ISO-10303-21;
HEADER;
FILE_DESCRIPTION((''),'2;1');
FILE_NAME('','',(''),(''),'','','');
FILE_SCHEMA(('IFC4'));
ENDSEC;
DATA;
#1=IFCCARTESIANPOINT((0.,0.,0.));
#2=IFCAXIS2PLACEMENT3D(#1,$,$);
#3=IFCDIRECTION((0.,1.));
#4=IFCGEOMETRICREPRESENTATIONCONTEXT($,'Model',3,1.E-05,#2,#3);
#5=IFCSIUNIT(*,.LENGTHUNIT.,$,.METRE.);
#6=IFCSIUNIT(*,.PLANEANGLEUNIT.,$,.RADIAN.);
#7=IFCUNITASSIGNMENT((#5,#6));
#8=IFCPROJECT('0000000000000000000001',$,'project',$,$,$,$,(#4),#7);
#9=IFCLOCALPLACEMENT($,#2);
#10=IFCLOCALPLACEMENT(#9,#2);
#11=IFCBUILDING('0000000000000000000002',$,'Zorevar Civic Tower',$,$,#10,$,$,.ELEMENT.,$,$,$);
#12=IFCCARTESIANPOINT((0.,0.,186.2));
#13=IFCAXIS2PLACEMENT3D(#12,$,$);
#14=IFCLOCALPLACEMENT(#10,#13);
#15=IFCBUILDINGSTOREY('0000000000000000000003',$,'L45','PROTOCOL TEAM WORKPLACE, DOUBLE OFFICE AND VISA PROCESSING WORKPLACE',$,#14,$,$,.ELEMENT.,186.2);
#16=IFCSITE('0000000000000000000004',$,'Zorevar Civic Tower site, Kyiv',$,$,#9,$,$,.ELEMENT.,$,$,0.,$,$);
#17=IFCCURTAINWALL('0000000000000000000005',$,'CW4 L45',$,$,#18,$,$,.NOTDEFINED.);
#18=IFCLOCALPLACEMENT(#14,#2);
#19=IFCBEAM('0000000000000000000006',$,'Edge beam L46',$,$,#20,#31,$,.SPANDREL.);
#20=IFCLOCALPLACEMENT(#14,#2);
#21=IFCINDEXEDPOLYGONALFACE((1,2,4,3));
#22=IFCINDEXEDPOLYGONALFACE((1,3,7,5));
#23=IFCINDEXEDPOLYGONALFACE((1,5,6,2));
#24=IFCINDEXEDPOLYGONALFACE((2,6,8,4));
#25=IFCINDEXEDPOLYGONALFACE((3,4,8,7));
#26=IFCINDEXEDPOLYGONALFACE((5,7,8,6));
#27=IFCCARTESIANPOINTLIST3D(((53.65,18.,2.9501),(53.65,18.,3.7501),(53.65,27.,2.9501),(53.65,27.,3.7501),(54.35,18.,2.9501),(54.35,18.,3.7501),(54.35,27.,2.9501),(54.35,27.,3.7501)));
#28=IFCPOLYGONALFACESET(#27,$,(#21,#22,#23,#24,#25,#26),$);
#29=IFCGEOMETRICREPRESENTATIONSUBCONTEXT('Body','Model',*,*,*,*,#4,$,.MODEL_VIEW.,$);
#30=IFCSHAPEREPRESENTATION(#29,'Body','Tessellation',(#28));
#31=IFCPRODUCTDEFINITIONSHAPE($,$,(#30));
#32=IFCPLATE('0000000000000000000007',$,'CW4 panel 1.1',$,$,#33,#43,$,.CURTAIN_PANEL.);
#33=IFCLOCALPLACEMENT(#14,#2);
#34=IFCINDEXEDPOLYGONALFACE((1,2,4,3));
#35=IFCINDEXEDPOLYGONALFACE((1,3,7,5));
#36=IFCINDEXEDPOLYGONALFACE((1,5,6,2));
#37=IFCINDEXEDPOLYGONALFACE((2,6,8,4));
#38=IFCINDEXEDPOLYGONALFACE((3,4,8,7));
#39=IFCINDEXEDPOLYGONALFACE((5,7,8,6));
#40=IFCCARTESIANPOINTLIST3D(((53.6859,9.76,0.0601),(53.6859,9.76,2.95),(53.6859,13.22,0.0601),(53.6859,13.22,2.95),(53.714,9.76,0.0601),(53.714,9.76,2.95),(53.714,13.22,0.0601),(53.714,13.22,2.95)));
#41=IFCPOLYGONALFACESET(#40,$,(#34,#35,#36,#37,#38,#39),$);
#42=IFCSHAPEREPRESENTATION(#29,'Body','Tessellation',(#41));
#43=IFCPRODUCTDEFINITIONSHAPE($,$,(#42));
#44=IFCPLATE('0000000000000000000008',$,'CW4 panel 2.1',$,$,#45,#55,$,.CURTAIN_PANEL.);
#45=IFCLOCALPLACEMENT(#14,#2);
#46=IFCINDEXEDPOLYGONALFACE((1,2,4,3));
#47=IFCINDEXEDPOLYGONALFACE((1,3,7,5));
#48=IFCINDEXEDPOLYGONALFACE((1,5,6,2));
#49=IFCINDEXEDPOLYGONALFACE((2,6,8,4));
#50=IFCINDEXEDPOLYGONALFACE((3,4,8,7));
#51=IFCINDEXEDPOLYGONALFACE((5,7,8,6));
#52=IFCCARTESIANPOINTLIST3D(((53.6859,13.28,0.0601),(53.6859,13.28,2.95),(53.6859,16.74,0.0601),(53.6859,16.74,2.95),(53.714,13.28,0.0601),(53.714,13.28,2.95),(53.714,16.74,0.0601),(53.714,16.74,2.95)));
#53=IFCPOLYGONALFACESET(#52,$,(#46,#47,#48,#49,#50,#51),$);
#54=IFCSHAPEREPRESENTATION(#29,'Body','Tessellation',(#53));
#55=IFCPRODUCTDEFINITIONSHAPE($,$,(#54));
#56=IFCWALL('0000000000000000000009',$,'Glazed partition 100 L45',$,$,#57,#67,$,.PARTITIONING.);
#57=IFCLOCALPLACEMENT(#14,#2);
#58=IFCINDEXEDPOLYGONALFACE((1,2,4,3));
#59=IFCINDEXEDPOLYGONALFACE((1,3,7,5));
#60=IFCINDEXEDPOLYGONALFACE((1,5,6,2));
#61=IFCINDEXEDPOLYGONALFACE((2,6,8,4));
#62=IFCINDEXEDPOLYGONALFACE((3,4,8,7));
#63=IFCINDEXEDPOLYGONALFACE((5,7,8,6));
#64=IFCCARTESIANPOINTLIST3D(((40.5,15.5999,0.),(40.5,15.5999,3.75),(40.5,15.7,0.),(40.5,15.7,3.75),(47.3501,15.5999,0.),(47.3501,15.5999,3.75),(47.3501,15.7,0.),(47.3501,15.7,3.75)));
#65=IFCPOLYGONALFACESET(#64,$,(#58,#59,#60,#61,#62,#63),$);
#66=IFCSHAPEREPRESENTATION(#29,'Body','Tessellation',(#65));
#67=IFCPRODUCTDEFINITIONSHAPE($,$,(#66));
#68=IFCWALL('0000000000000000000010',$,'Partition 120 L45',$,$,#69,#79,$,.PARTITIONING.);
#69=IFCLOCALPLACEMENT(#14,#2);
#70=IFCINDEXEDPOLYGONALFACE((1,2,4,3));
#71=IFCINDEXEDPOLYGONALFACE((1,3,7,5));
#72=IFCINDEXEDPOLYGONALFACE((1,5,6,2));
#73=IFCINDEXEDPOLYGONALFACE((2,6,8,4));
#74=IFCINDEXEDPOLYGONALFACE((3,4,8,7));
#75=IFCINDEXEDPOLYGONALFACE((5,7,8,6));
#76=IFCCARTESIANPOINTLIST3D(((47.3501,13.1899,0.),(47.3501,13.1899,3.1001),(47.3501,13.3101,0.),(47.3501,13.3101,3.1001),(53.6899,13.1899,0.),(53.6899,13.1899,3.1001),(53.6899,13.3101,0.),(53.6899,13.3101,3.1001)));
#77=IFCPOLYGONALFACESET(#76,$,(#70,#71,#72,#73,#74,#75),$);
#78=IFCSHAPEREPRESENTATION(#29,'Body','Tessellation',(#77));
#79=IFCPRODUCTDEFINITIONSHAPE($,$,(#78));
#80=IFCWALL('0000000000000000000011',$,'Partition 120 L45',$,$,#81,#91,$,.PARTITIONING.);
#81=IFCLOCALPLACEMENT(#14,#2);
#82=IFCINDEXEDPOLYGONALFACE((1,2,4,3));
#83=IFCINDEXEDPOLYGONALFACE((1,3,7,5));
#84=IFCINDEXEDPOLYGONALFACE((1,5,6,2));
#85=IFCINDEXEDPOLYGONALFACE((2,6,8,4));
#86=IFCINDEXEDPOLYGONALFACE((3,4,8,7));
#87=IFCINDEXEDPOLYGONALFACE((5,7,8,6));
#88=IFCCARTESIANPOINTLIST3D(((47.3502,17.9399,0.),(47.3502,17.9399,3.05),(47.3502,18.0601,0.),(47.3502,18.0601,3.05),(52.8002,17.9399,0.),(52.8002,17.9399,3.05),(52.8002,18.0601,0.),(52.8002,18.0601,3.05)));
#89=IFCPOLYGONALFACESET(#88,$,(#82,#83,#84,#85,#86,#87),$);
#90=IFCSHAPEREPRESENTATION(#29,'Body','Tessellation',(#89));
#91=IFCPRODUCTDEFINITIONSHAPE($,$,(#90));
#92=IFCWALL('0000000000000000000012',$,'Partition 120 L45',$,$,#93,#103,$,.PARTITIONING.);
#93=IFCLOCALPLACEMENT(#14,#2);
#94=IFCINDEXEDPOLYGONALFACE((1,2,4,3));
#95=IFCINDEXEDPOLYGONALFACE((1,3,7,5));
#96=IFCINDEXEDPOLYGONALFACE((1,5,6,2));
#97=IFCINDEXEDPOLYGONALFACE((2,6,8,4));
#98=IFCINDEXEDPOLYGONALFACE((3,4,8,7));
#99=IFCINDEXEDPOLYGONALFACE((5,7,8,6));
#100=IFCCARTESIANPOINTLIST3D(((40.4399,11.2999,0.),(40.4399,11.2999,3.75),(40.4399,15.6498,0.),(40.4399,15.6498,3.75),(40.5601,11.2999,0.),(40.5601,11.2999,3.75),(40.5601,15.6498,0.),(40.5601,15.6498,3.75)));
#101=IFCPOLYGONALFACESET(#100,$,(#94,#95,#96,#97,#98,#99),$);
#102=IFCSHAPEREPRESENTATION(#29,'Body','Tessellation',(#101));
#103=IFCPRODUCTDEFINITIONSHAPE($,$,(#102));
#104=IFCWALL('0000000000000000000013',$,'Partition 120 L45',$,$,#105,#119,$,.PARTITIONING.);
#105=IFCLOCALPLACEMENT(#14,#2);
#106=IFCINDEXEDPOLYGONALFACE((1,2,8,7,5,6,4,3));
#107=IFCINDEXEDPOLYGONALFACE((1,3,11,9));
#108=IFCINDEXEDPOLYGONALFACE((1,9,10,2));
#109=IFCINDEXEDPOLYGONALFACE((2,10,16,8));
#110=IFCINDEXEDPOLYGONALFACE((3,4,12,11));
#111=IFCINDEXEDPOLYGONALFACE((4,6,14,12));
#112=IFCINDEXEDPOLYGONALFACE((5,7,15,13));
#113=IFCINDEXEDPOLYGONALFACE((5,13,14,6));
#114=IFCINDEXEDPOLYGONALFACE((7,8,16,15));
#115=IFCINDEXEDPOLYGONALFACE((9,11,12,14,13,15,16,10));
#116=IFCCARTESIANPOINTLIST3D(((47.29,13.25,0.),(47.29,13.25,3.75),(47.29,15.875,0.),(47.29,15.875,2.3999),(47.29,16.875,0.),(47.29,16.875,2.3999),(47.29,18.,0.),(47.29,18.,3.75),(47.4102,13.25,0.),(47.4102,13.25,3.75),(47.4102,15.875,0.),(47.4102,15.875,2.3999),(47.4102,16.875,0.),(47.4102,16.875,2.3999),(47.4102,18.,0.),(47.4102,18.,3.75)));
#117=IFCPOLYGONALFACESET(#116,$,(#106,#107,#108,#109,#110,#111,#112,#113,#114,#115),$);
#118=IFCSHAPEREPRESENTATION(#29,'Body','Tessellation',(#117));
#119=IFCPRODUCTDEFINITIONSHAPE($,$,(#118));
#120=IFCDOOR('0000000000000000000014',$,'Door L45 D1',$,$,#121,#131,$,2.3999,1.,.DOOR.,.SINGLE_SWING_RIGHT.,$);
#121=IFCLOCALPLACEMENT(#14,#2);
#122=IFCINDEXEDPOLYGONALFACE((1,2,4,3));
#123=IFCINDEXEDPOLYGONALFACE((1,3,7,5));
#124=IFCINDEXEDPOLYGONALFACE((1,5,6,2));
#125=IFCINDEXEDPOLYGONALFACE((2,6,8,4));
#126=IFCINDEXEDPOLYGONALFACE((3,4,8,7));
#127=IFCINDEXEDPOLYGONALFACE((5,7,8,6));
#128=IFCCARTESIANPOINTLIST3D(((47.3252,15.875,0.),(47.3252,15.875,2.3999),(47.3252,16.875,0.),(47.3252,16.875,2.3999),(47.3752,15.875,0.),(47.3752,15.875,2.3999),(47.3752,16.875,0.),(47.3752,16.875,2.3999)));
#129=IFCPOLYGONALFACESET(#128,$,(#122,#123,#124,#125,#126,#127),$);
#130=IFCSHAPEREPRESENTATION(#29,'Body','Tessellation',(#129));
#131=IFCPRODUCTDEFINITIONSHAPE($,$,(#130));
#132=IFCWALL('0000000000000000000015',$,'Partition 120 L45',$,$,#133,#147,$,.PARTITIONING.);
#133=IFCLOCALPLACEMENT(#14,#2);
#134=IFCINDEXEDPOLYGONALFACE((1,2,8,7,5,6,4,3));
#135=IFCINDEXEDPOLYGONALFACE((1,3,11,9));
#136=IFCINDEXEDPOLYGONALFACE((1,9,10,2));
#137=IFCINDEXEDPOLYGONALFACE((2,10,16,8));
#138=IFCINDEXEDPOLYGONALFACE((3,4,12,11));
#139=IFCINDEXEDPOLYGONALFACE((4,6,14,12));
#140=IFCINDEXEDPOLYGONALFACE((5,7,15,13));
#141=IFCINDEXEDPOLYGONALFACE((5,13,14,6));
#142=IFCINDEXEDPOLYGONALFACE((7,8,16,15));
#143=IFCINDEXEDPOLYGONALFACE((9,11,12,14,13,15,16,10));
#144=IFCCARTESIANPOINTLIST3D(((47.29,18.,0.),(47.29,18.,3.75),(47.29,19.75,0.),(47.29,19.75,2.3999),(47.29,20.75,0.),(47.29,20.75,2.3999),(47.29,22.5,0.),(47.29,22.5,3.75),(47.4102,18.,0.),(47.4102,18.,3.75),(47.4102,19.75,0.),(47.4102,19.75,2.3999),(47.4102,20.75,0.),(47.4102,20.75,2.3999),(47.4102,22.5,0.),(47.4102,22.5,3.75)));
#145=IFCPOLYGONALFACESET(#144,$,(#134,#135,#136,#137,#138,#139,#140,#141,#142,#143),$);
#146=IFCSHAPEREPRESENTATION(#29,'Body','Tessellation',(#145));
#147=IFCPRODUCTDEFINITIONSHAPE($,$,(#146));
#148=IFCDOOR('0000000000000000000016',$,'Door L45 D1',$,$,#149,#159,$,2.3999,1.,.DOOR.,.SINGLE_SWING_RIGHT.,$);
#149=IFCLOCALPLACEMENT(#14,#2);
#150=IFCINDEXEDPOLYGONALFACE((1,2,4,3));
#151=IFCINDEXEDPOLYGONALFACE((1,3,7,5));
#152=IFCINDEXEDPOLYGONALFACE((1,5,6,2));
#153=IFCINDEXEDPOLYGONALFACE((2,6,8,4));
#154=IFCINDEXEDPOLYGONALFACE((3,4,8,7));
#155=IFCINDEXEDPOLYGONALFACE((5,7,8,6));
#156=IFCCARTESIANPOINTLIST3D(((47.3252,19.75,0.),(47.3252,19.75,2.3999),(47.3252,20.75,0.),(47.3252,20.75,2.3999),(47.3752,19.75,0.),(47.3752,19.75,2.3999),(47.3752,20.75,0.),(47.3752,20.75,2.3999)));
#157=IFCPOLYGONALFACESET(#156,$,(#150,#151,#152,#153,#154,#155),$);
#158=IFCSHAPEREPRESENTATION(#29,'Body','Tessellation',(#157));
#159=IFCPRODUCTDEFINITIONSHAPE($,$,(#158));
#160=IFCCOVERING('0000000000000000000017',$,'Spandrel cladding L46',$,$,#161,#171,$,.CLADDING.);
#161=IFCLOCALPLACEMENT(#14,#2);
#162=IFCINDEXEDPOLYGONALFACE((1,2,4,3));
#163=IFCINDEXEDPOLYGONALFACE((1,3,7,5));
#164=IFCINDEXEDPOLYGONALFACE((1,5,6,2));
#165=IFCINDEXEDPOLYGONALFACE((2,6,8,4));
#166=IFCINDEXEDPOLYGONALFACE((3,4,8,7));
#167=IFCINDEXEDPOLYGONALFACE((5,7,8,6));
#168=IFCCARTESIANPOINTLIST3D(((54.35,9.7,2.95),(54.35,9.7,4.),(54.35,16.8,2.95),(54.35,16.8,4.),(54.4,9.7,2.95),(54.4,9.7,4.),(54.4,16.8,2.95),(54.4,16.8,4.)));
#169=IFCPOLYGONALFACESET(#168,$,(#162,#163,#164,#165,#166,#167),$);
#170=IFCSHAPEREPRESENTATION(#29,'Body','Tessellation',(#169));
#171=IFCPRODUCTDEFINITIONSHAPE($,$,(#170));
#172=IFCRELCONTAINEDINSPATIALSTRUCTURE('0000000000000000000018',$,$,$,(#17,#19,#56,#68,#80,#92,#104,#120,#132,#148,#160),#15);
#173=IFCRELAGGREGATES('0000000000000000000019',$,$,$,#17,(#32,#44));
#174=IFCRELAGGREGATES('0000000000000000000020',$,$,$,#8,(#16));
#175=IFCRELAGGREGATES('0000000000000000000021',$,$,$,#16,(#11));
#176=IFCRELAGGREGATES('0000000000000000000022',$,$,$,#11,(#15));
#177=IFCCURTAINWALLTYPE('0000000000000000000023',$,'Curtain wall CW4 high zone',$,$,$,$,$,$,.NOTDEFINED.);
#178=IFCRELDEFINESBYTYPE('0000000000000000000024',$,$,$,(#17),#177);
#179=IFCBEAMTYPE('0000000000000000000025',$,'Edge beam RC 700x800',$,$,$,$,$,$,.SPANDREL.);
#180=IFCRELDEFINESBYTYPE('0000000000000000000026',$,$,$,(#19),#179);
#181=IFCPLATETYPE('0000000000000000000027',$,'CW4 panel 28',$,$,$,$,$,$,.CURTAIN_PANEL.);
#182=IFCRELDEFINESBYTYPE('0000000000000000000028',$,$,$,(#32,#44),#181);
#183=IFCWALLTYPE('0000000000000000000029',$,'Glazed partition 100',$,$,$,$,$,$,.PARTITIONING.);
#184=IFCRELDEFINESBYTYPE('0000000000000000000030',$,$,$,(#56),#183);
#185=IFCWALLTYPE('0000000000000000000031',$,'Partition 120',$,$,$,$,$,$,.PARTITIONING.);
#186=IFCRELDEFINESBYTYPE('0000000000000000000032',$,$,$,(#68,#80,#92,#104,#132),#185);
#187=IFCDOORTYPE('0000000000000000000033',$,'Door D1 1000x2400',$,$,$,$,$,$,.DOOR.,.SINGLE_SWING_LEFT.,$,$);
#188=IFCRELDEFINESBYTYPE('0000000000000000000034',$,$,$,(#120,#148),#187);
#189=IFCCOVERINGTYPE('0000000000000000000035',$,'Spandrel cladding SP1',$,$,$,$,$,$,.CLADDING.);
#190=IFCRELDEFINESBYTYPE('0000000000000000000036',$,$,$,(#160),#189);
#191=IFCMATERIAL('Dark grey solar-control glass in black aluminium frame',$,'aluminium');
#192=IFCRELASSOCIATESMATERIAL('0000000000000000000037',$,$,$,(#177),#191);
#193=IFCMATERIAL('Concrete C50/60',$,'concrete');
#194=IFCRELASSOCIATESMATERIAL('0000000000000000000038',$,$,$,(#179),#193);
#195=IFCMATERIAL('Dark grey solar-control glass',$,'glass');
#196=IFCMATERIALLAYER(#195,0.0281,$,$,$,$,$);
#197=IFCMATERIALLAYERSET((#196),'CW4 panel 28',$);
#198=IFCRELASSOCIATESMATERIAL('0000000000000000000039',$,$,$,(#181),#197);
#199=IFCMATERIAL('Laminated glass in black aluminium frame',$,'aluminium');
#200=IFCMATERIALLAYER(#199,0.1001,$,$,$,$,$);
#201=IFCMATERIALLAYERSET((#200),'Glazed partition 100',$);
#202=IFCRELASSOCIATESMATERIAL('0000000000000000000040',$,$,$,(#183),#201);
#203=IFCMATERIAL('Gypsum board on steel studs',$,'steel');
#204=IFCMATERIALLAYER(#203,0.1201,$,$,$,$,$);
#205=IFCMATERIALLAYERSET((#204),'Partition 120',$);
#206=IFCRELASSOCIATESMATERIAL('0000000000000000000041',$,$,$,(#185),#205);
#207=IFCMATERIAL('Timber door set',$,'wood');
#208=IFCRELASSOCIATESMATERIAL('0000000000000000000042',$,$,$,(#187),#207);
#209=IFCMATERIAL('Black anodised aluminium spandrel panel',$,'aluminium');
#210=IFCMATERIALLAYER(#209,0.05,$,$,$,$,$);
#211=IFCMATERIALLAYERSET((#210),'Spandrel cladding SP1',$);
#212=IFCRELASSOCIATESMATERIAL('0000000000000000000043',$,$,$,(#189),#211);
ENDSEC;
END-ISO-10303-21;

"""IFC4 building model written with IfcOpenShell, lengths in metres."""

from ifc_helpers import new_model, si_unit, direction, frame, frame_2d, origin, origin_2d, place, context, subcontext, project, spatial, rectangle, extrude, material, layer, layer_set, material_profile, profile_set, type_object, element, fill, aggregate, save


model = new_model("IFC4")

# Units and contexts
model_context = context("Model", 3, precision=1e-05, world=origin(), true_north=direction((0.0, 1.0)))
body_context = subcontext(model_context, "Body", "Model", "MODEL_VIEW")
ifc_project = project(units=[si_unit("LENGTHUNIT", "METRE"), si_unit("PLANEANGLEUNIT", "RADIAN")], contexts=[model_context])

# Site, building, storey
site_placement = place(None, origin())
site = spatial("IfcSite", under=ifc_project, at=site_placement, Name="Zorevar Civic Tower site, Kyiv", CompositionType="ELEMENT", RefElevation=0.0)
building_placement = place(site_placement, origin())
building = spatial("IfcBuilding", under=site, at=building_placement, Name="Zorevar Civic Tower", CompositionType="ELEMENT")
storey_placement = place(building_placement, frame((0.0, 0.0, 186.2)))
storey = spatial("IfcBuildingStorey", under=building, at=storey_placement, Name="L45", Description="PROTOCOL TEAM WORKPLACE, DOUBLE OFFICE AND VISA PROCESSING WORKPLACE", CompositionType="ELEMENT", Elevation=186.2)

# Curtain wall
ifc_material_1 = material(Name="Dark grey solar-control glass in black aluminium frame", Category="aluminium")
curtain_wall_type = type_object("IfcCurtainWallType", Name="Curtain wall CW4 high zone", PredefinedType="NOTDEFINED", material=ifc_material_1)
curtain_wall_1_placement = place(storey_placement, origin())
curtain_wall_1 = element("IfcCurtainWall", 1, at=curtain_wall_1_placement, inside=storey, type_object=curtain_wall_type, Name="CW4 L45", PredefinedType="NOTDEFINED")

# Beam
ifc_material_2 = material(Name="Concrete C50/60", Category="concrete")
ifc_material_profile_1 = material_profile(ifc_material_2, rectangle(XDim=0.7, YDim=0.8, at=origin_2d()), Name="RC 700x800")
ifc_profile_set_1 = profile_set([ifc_material_profile_1], Name="Concrete C50/60")
beam_type_1 = type_object("IfcBeamType", Name="Edge beam RC 700x800", PredefinedType="SPANDREL", material=ifc_profile_set_1)
for number, where, z_axis, x_axis, name in (
    (2, (54.0, 18.0, 3.3501), (0.0, 1.0, 0.0), (-1.0, 0.0, 0.0), "Edge beam L46"),
):
    element("IfcBeam", number, at=place(storey_placement, frame(where, z_axis=z_axis, x_axis=x_axis)), inside=storey, type_object=beam_type_1, Name=name, PredefinedType="SPANDREL", context=body_context, shape_type="SweptSolid", body=[
        extrude(rectangle(XDim=0.7, YDim=0.8, at=origin_2d()), origin(), (0.0, 0.0, 1.0), 9.0),
    ])

# Plates
ifc_material_3 = material(Name="Dark grey solar-control glass", Category="glass")
ifc_layer_1 = layer(ifc_material_3, 0.0281)
ifc_layer_set_1 = layer_set([ifc_layer_1], Name="CW4 panel 28")
plate_type = type_object("IfcPlateType", Name="CW4 panel 28", PredefinedType="CURTAIN_PANEL", material=ifc_layer_set_1)
plate_1_placement = place(storey_placement, frame((53.7, 11.49, 0.0601), z_axis=(0.0, 0.0, 1.0), x_axis=(0.0, 1.0, 0.0)))
plate_1 = element("IfcPlate", 3, at=plate_1_placement, type_object=plate_type, Name="CW4 panel 1.1", PredefinedType="CURTAIN_PANEL", context=body_context, shape_type="SweptSolid", body=[
    extrude(rectangle(XDim=3.46, YDim=0.0281, at=origin_2d()), origin(), (0.0, 0.0, 1.0), 2.8899),
])
plate_2_placement = place(storey_placement, frame((53.7, 15.01, 0.0601), z_axis=(0.0, 0.0, 1.0), x_axis=(0.0, 1.0, 0.0)))
plate_2 = element("IfcPlate", 4, at=plate_2_placement, type_object=plate_type, Name="CW4 panel 2.1", PredefinedType="CURTAIN_PANEL", context=body_context, shape_type="SweptSolid", body=[
    extrude(rectangle(XDim=3.46, YDim=0.0281, at=origin_2d()), origin(), (0.0, 0.0, 1.0), 2.8899),
])
aggregate(curtain_wall_1, [plate_1, plate_2])

# Walls
ifc_material_4 = material(Name="Laminated glass in black aluminium frame", Category="aluminium")
ifc_layer_2 = layer(ifc_material_4, 0.1001)
ifc_layer_set_2 = layer_set([ifc_layer_2], Name="Glazed partition 100")
wall_type_1 = type_object("IfcWallType", Name="Glazed partition 100", PredefinedType="PARTITIONING", material=ifc_layer_set_2)
wall_1_placement = place(storey_placement, frame((40.5, 15.6499, 0.0), z_axis=(0.0, 0.0, 1.0), x_axis=(1.0, 0.0, 0.0)))
element("IfcWall", 5, at=wall_1_placement, inside=storey, type_object=wall_type_1, Name="Glazed partition 100 L45", PredefinedType="PARTITIONING", context=body_context, shape_type="SweptSolid", body=[
    extrude(rectangle(XDim=6.8501, YDim=0.1001, at=frame_2d((3.425, 0.0))), origin(), (0.0, 0.0, 1.0), 3.75),
])
ifc_material_5 = material(Name="Gypsum board on steel studs", Category="steel")
ifc_layer_3 = layer(ifc_material_5, 0.1201)
ifc_layer_set_3 = layer_set([ifc_layer_3], Name="Partition 120")
wall_type_2 = type_object("IfcWallType", Name="Partition 120", PredefinedType="PARTITIONING", material=ifc_layer_set_3)
wall_2_placement = place(storey_placement, frame((47.3501, 13.25, 0.0), z_axis=(0.0, 0.0, 1.0), x_axis=(1.0, 0.0, 0.0)))
element("IfcWall", 6, at=wall_2_placement, inside=storey, type_object=wall_type_2, Name="Partition 120 L45", PredefinedType="PARTITIONING", context=body_context, shape_type="SweptSolid", body=[
    extrude(rectangle(XDim=6.3398, YDim=0.1201, at=frame_2d((3.1699, 0.0))), origin(), (0.0, 0.0, 1.0), 3.1001),
])
wall_3_placement = place(storey_placement, frame((47.3501, 18.0, 0.0), z_axis=(0.0, 0.0, 1.0), x_axis=(1.0, 0.0, 0.0)))
element("IfcWall", 7, at=wall_3_placement, inside=storey, type_object=wall_type_2, Name="Partition 120 L45", PredefinedType="PARTITIONING", context=body_context, shape_type="SweptSolid", body=[
    extrude(rectangle(XDim=5.45, YDim=0.1201, at=frame_2d((2.7251, 0.0))), origin(), (0.0, 0.0, 1.0), 3.05),
])
wall_4_placement = place(storey_placement, frame((40.5, 11.3, 0.0), z_axis=(0.0, 0.0, 1.0), x_axis=(0.0, 1.0, 0.0)))
element("IfcWall", 8, at=wall_4_placement, inside=storey, type_object=wall_type_2, Name="Partition 120 L45", PredefinedType="PARTITIONING", context=body_context, shape_type="SweptSolid", body=[
    extrude(rectangle(XDim=4.3499, YDim=0.1201, at=frame_2d((2.1748, 0.0))), origin(), (0.0, 0.0, 1.0), 3.75),
])

# Walls, openings, doors
wall_5_placement = place(storey_placement, frame((47.3501, 13.25, 0.0), z_axis=(0.0, 0.0, 1.0), x_axis=(0.0, 1.0, 0.0)))
wall_5 = element("IfcWall", 9, at=wall_5_placement, inside=storey, type_object=wall_type_2, Name="Partition 120 L45", PredefinedType="PARTITIONING", context=body_context, shape_type="SweptSolid", body=[
    extrude(rectangle(XDim=4.75, YDim=0.1201, at=frame_2d((2.375, 0.0))), origin(), (0.0, 0.0, 1.0), 3.75),
])
opening_1_placement = place(wall_5_placement, frame((2.625, 0.0, 0.0)))
opening_1 = element("IfcOpeningElement", 10, at=opening_1_placement, cuts=wall_5, PredefinedType="OPENING", context=body_context, shape_type="SweptSolid", body=[
    extrude(rectangle(XDim=1.0, YDim=2.3999, at=frame_2d((0.5, 1.2))), frame((0.0, 0.0701, 0.0), z_axis=(0.0, -1.0, 0.0), x_axis=(1.0, 0.0, 0.0)), (0.0, 0.0, 1.0), 0.1401),
])
ifc_material_6 = material(Name="Timber door set", Category="wood")
door_type_1 = type_object("IfcDoorType", Name="Door D1 1000x2400", OperationType="SINGLE_SWING_LEFT", PredefinedType="DOOR", material=ifc_material_6)
door_1_placement = place(opening_1_placement, origin())
door_1 = element("IfcDoor", 11, at=door_1_placement, inside=storey, type_object=door_type_1, Name="Door L45 D1", OperationType="SINGLE_SWING_RIGHT", OverallHeight=2.3999, OverallWidth=1.0, PredefinedType="DOOR", context=body_context, shape_type="SweptSolid", body=[
    extrude(rectangle(XDim=1.0, YDim=2.3999, at=frame_2d((0.5, 1.2))), frame((0.0, 0.0249, 0.0), z_axis=(0.0, -1.0, 0.0), x_axis=(1.0, 0.0, 0.0)), (0.0, 0.0, 1.0), 0.05),
])
fill(opening_1, door_1)
wall_6_placement = place(storey_placement, frame((47.3501, 18.0, 0.0), z_axis=(0.0, 0.0, 1.0), x_axis=(0.0, 1.0, 0.0)))
wall_6 = element("IfcWall", 12, at=wall_6_placement, inside=storey, type_object=wall_type_2, Name="Partition 120 L45", PredefinedType="PARTITIONING", context=body_context, shape_type="SweptSolid", body=[
    extrude(rectangle(XDim=4.5, YDim=0.1201, at=frame_2d((2.25, 0.0))), origin(), (0.0, 0.0, 1.0), 3.75),
])
opening_2_placement = place(wall_6_placement, frame((1.75, 0.0, 0.0)))
opening_2 = element("IfcOpeningElement", 13, at=opening_2_placement, cuts=wall_6, PredefinedType="OPENING", context=body_context, shape_type="SweptSolid", body=[
    extrude(rectangle(XDim=1.0, YDim=2.3999, at=frame_2d((0.5, 1.2))), frame((0.0, 0.0701, 0.0), z_axis=(0.0, -1.0, 0.0), x_axis=(1.0, 0.0, 0.0)), (0.0, 0.0, 1.0), 0.1401),
])
door_2_placement = place(opening_2_placement, origin())
door_2 = element("IfcDoor", 14, at=door_2_placement, inside=storey, type_object=door_type_1, Name="Door L45 D1", OperationType="SINGLE_SWING_RIGHT", OverallHeight=2.3999, OverallWidth=1.0, PredefinedType="DOOR", context=body_context, shape_type="SweptSolid", body=[
    extrude(rectangle(XDim=1.0, YDim=2.3999, at=frame_2d((0.5, 1.2))), frame((0.0, 0.0249, 0.0), z_axis=(0.0, -1.0, 0.0), x_axis=(1.0, 0.0, 0.0)), (0.0, 0.0, 1.0), 0.05),
])
fill(opening_2, door_2)

# Covering
ifc_material_7 = material(Name="Black anodised aluminium spandrel panel", Category="aluminium")
ifc_layer_4 = layer(ifc_material_7, 0.05)
ifc_layer_set_4 = layer_set([ifc_layer_4], Name="Spandrel cladding SP1")
covering_type = type_object("IfcCoveringType", Name="Spandrel cladding SP1", PredefinedType="CLADDING", material=ifc_layer_set_4)
covering_1_placement = place(storey_placement, frame((54.375, 9.7, 2.95), z_axis=(0.0, 0.0, 1.0), x_axis=(0.0, 1.0, 0.0)))
element("IfcCovering", 15, at=covering_1_placement, inside=storey, type_object=covering_type, Name="Spandrel cladding L46", PredefinedType="CLADDING", context=body_context, shape_type="SweptSolid", body=[
    extrude(rectangle(XDim=7.1001, YDim=0.05, at=frame_2d((3.55, 0.0))), origin(), (0.0, 0.0, 1.0), 1.05),
])

save(model, "model.ifc")
